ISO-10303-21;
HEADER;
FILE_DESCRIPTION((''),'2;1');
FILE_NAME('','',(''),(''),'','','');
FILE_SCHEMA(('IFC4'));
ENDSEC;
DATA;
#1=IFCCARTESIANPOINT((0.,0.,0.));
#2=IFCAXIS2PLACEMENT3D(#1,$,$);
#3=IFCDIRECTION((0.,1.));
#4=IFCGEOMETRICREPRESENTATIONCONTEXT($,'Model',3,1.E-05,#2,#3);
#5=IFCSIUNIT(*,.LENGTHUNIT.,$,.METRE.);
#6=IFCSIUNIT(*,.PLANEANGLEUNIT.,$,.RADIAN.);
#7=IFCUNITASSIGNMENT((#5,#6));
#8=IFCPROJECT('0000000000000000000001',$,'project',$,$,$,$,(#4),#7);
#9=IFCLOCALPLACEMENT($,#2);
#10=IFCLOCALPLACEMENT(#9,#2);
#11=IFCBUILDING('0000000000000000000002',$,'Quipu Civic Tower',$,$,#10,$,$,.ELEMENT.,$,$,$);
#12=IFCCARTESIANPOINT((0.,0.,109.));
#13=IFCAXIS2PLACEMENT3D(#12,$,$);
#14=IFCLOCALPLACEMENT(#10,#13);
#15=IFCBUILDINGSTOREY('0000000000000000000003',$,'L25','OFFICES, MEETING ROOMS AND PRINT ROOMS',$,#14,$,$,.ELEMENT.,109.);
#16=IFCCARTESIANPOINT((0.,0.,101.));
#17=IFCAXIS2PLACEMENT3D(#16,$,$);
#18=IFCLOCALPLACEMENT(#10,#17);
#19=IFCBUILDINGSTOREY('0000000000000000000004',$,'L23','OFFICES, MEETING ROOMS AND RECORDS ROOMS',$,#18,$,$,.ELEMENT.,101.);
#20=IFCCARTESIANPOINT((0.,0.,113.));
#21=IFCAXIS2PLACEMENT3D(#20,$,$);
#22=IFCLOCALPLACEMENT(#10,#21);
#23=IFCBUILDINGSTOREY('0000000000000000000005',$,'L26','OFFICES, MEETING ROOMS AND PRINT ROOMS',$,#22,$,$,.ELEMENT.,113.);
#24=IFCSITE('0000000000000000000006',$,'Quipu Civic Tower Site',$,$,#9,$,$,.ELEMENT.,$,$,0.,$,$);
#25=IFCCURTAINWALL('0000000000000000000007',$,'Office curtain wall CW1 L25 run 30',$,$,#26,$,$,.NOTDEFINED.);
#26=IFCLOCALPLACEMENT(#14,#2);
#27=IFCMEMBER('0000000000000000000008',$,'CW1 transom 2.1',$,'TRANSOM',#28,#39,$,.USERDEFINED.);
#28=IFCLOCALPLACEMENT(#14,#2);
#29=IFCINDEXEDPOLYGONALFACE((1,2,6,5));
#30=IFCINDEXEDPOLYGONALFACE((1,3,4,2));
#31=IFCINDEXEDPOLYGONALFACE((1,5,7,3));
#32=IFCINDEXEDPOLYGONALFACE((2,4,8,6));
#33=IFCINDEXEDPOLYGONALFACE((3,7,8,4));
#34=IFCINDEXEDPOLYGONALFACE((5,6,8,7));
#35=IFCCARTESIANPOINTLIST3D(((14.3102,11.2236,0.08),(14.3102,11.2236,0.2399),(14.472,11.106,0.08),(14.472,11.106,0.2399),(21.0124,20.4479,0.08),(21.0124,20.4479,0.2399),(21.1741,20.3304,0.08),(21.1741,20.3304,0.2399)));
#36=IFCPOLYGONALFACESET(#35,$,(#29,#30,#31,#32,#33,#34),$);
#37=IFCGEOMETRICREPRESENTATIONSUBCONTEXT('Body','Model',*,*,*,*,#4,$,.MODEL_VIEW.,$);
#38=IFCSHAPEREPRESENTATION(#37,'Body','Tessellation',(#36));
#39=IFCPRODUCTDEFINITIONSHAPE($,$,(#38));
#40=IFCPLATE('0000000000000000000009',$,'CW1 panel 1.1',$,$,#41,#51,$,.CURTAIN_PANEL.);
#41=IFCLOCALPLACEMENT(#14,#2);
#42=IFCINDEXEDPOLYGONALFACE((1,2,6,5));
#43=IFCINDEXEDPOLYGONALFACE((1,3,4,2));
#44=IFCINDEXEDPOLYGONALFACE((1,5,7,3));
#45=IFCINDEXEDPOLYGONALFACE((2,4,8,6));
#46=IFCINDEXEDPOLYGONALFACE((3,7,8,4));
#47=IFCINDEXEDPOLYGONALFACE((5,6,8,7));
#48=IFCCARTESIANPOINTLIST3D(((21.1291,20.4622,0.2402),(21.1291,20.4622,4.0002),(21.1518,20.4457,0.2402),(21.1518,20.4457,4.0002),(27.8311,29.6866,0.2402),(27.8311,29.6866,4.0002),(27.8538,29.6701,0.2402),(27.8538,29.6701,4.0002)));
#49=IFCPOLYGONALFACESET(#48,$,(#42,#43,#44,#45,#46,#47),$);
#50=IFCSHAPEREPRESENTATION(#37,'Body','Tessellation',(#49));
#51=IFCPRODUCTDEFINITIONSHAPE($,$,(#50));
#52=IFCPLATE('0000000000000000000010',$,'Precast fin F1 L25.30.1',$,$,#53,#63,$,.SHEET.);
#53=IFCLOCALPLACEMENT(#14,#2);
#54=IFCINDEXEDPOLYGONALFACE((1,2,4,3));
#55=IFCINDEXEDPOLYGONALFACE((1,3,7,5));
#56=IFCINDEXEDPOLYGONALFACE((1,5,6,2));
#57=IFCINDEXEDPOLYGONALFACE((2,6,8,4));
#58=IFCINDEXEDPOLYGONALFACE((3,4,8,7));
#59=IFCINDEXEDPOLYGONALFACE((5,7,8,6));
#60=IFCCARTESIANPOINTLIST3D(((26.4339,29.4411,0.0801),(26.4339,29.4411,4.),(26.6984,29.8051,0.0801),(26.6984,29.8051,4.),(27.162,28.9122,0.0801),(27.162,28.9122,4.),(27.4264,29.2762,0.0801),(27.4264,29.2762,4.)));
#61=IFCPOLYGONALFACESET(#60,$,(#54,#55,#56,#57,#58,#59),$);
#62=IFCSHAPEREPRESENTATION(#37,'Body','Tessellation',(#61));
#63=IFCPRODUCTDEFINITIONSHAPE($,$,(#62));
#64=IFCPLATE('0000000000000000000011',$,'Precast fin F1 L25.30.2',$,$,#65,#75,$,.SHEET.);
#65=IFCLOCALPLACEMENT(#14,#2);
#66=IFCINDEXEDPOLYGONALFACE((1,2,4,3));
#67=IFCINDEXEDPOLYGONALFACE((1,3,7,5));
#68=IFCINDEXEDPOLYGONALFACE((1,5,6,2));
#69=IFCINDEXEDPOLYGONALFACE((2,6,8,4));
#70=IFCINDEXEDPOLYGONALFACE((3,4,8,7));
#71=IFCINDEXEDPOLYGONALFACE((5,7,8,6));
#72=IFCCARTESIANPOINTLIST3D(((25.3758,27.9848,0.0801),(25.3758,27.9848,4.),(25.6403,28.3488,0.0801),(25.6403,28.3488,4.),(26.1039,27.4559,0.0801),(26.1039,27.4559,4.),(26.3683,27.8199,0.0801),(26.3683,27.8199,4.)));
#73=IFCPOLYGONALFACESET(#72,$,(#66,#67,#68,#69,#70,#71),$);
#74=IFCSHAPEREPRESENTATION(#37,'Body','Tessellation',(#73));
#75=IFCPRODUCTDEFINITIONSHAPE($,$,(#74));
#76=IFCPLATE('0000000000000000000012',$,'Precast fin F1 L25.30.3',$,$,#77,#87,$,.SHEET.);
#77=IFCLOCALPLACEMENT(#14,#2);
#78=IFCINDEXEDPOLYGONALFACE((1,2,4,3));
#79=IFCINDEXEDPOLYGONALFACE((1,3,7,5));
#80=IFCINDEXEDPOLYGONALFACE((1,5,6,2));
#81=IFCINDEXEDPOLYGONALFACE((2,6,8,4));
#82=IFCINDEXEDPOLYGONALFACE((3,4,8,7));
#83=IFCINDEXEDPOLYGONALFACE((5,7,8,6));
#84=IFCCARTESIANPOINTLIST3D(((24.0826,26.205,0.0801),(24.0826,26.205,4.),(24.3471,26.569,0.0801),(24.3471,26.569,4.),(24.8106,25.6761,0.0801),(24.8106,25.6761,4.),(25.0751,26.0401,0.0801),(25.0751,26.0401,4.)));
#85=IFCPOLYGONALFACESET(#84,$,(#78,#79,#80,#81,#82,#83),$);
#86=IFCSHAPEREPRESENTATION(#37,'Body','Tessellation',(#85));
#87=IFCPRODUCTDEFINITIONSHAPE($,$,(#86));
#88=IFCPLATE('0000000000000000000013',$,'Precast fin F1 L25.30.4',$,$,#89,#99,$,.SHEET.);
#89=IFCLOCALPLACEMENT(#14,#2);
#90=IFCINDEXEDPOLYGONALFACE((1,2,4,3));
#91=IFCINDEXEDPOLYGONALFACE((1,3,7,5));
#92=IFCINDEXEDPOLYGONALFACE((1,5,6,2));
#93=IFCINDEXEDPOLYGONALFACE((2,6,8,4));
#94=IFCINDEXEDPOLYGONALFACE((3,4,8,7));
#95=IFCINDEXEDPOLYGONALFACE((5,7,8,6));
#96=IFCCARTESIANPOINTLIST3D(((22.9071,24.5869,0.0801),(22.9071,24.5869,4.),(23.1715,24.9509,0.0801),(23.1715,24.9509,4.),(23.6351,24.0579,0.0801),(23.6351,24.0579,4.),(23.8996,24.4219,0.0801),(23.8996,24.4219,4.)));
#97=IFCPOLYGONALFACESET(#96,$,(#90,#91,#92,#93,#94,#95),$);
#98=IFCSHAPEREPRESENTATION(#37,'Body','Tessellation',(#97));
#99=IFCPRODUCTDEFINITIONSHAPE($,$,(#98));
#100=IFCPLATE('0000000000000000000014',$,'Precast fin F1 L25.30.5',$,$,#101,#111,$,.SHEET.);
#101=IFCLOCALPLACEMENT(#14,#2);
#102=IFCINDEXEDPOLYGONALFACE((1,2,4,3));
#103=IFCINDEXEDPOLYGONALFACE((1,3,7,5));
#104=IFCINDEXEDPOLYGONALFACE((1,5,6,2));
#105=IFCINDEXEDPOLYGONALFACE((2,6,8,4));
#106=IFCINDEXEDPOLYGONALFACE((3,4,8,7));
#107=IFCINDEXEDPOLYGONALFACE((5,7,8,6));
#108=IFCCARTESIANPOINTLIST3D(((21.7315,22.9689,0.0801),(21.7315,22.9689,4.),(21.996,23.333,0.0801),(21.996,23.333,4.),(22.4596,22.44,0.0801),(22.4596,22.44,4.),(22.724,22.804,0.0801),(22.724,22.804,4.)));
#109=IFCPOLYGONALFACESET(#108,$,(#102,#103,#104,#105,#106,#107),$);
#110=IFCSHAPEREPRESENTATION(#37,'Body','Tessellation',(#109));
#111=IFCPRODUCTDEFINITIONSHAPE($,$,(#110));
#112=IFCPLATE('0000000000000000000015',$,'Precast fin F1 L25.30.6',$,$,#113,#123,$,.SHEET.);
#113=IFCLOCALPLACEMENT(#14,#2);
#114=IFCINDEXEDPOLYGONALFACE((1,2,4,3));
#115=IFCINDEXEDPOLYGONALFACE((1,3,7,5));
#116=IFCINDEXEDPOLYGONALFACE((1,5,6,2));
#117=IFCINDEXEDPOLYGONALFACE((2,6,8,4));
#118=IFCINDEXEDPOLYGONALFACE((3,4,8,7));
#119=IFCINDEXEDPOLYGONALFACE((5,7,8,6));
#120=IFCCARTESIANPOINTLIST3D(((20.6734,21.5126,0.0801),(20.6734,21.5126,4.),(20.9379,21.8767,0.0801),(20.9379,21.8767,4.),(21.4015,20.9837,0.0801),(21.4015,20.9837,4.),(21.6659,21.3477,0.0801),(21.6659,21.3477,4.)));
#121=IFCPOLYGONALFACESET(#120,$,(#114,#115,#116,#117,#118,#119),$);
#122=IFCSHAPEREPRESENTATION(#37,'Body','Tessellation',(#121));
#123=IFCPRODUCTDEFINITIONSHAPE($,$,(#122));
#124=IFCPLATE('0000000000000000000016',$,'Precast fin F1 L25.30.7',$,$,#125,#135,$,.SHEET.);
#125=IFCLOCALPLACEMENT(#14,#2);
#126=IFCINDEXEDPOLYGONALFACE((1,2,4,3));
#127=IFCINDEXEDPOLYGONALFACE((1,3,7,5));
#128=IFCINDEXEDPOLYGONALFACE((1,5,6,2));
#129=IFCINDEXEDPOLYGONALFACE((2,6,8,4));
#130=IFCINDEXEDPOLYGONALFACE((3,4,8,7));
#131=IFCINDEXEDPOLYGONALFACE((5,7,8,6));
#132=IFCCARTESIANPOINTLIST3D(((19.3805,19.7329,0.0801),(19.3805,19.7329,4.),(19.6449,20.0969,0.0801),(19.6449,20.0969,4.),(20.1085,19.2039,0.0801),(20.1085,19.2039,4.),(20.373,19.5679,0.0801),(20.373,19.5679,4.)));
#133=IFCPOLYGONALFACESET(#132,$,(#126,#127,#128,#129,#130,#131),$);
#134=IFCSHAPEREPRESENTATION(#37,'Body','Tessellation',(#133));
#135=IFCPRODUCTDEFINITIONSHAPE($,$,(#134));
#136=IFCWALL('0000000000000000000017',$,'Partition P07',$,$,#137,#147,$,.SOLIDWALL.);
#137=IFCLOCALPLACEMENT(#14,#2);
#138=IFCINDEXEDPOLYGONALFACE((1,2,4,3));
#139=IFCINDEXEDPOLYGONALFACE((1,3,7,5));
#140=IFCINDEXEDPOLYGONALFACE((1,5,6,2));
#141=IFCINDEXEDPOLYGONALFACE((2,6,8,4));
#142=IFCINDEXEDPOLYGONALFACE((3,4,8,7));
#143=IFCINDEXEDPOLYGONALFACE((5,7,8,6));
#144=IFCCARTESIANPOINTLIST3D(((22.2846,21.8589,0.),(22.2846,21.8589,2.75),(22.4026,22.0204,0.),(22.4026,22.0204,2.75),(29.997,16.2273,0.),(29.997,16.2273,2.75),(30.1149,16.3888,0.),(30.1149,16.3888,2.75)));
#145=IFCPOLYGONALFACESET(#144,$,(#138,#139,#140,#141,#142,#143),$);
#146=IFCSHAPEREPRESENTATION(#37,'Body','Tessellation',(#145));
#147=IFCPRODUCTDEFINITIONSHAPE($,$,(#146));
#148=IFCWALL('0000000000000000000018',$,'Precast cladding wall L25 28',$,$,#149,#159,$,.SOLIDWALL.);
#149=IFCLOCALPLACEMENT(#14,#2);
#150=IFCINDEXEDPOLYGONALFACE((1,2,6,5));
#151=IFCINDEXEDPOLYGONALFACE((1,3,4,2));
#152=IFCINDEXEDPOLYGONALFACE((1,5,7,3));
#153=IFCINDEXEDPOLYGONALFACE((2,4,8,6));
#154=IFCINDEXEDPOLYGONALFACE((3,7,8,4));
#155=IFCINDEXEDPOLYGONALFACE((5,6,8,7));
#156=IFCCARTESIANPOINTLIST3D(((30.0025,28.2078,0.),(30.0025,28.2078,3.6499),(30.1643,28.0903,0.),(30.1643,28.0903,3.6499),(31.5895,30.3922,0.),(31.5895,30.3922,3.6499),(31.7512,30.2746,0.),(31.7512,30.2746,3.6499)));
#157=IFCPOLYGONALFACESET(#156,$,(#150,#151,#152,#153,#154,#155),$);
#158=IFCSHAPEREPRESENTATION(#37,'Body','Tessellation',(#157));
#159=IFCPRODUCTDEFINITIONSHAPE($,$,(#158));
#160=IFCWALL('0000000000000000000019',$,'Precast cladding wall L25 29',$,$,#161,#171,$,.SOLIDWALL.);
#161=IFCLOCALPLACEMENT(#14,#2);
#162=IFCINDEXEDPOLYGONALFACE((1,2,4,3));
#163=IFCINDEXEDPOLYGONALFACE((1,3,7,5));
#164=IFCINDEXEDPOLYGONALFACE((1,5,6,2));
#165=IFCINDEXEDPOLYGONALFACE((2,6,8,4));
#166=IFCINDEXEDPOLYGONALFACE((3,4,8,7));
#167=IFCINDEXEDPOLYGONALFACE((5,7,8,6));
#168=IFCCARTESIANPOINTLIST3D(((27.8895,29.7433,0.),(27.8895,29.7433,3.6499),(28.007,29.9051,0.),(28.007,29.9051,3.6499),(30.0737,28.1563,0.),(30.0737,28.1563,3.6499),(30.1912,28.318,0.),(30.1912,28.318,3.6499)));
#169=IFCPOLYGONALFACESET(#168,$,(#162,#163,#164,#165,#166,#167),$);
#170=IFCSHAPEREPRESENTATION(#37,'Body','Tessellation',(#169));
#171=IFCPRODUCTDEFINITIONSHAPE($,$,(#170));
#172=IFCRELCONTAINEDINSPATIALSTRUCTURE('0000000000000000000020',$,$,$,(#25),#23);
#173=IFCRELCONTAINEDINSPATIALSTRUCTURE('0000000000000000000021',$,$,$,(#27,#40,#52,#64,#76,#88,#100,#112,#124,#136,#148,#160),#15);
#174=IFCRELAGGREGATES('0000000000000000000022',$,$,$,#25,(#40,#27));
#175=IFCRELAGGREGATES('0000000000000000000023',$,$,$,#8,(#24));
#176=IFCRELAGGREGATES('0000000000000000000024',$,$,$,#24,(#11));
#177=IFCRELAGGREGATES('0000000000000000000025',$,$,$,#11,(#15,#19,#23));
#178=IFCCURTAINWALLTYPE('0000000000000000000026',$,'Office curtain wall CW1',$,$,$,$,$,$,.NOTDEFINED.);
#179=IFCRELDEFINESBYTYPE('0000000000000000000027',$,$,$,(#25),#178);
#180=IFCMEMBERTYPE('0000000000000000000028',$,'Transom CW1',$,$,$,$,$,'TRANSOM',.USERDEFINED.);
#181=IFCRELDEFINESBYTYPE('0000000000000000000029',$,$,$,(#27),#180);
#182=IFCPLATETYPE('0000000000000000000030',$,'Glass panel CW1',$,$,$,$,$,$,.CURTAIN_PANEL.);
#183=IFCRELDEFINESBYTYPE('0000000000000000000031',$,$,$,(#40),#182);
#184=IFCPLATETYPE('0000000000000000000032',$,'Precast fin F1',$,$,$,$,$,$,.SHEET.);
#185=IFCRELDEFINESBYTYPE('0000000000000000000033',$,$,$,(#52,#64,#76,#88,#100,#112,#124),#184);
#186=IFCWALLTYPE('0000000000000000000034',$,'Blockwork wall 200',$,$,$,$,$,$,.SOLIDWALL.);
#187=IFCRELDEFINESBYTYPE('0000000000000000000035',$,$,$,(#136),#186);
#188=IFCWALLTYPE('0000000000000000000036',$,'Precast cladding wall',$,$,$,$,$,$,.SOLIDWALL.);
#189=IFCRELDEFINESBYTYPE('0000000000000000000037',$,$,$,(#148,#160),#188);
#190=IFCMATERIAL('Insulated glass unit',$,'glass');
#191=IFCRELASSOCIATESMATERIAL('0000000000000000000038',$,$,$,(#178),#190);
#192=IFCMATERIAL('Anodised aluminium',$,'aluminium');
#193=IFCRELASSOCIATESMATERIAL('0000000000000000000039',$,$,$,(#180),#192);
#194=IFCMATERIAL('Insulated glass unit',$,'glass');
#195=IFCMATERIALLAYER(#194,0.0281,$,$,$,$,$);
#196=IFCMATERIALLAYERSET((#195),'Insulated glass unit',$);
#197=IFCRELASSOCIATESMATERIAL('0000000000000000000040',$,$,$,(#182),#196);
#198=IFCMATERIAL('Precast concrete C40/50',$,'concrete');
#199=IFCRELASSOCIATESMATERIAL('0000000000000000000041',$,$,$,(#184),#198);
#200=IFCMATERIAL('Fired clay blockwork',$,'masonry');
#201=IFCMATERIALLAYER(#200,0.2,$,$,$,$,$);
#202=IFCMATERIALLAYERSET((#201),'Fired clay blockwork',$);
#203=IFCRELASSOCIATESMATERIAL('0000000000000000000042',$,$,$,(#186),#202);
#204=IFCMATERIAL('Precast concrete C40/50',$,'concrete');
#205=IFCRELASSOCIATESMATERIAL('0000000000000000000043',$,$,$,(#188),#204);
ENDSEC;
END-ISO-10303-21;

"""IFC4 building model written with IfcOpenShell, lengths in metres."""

from ifc_helpers import new_model, si_unit, direction, frame, frame_2d, origin, origin_2d, place, context, subcontext, project, spatial, rectangle, extrude, material, layer, layer_set, material_profile, profile_set, type_object, element, aggregate, save


model = new_model("IFC4")

# Units and contexts
model_context = context("Model", 3, precision=1e-05, world=origin(), true_north=direction((0.0, 1.0)))
body_context = subcontext(model_context, "Body", "Model", "MODEL_VIEW")
ifc_project = project(units=[si_unit("LENGTHUNIT", "METRE"), si_unit("PLANEANGLEUNIT", "RADIAN")], contexts=[model_context])

# Site, building, storey
site_placement = place(None, origin())
site = spatial("IfcSite", under=ifc_project, at=site_placement, Name="Quipu Civic Tower Site", CompositionType="ELEMENT", RefElevation=0.0)
building_placement = place(site_placement, origin())
building = spatial("IfcBuilding", under=site, at=building_placement, Name="Quipu Civic Tower", CompositionType="ELEMENT")
storey_1_placement = place(building_placement, frame((0.0, 0.0, 109.0)))
storey_1 = spatial("IfcBuildingStorey", under=building, at=storey_1_placement, Name="L25", Description="OFFICES, MEETING ROOMS AND PRINT ROOMS", CompositionType="ELEMENT", Elevation=109.0)

# Shared definitions
storey_2_placement = place(building_placement, frame((0.0, 0.0, 101.0)))
storey_2 = spatial("IfcBuildingStorey", under=building, at=storey_2_placement, Name="L23", Description="OFFICES, MEETING ROOMS AND RECORDS ROOMS", CompositionType="ELEMENT", Elevation=101.0)

# Shared definitions
ifc_material_1 = material(Name="Insulated glass unit", Category="glass")
curtain_wall_type = type_object("IfcCurtainWallType", Name="Office curtain wall CW1", PredefinedType="NOTDEFINED", material=ifc_material_1)
ifc_material_2 = material(Name="Anodised aluminium", Category="aluminium")
ifc_material_profile_1 = material_profile(ifc_material_2, rectangle(XDim=0.2, YDim=0.1599, at=origin_2d()), Name="RECT 200x160")
ifc_profile_set_1 = profile_set([ifc_material_profile_1], Name="Anodised aluminium")
member_type = type_object("IfcMemberType", Name="Transom CW1", ElementType="TRANSOM", PredefinedType="USERDEFINED", material=ifc_profile_set_1)

# Shared definitions
storey_3_placement = place(building_placement, frame((0.0, 0.0, 113.0)))
storey_3 = spatial("IfcBuildingStorey", under=building, at=storey_3_placement, Name="L26", Description="OFFICES, MEETING ROOMS AND PRINT ROOMS", CompositionType="ELEMENT", Elevation=113.0)

# Curtain wall, member, plate
curtain_wall_1_placement = place(storey_3_placement, origin())
curtain_wall_1 = element("IfcCurtainWall", 1, at=curtain_wall_1_placement, inside=storey_3, type_object=curtain_wall_type, Name="Office curtain wall CW1 L25 run 30", PredefinedType="NOTDEFINED")
member_1_placement = place(storey_1_placement, frame((21.0933, 20.3892, 0.1599), z_axis=(-0.5878, -0.809006, 0.0), x_axis=(0.809006, -0.5878, 0.0)))
member_1 = element("IfcMember", 2, at=member_1_placement, inside=storey_1, type_object=member_type, Name="CW1 transom 2.1", ObjectType="TRANSOM", PredefinedType="USERDEFINED", context=body_context, shape_type="SweptSolid", body=[
    extrude(rectangle(XDim=0.2, YDim=0.1599, at=origin_2d()), origin(), (0.0, 0.0, 1.0), 11.4021),
])
ifc_material_3 = material(Name="Insulated glass unit", Category="glass")
ifc_layer_1 = layer(ifc_material_3, 0.0281)
ifc_layer_set_1 = layer_set([ifc_layer_1], Name="Insulated glass unit")
plate_type_1 = type_object("IfcPlateType", Name="Glass panel CW1", PredefinedType="CURTAIN_PANEL", material=ifc_layer_set_1)
plate_placement = place(storey_1_placement, frame((24.4915, 25.0662, 0.2402), z_axis=(0.0, 0.0, 1.0), x_axis=(-0.587789, -0.809014, 0.0)))
plate = element("IfcPlate", 3, at=plate_placement, inside=storey_1, type_object=plate_type_1, Name="CW1 panel 1.1", PredefinedType="CURTAIN_PANEL", context=body_context, shape_type="SweptSolid", body=[
    extrude(rectangle(XDim=11.4021, YDim=0.0281, at=origin_2d()), origin(), (0.0, 0.0, 1.0), 3.76),
])
aggregate(curtain_wall_1, [plate, member_1])

# Plates
ifc_material_4 = material(Name="Precast concrete C40/50", Category="concrete")
plate_type_2 = type_object("IfcPlateType", Name="Precast fin F1", PredefinedType="SHEET", material=ifc_material_4)
for number, where, z_axis, x_axis, name in (
    (4, (26.9302, 29.3586, 0.0801), (0.0, 0.0, 1.0), (-0.587787, -0.809016, 0.0), "Precast fin F1 L25.30.1"),
    (5, (25.8721, 27.9023, 0.0801), (0.0, 0.0, 1.0), (-0.587787, -0.809016, 0.0), "Precast fin F1 L25.30.2"),
    (6, (24.5789, 26.1226, 0.0801), (0.0, 0.0, 1.0), (-0.587787, -0.809016, 0.0), "Precast fin F1 L25.30.3"),
    (7, (23.4033, 24.5044, 0.0801), (0.0, 0.0, 1.0), (-0.587787, -0.809016, 0.0), "Precast fin F1 L25.30.4"),
    (8, (22.2278, 22.8865, 0.0801), (0.0, 0.0, 1.0), (-0.587787, -0.809016, 0.0), "Precast fin F1 L25.30.5"),
    (9, (21.1697, 21.4302, 0.0801), (0.0, 0.0, 1.0), (-0.587787, -0.809016, 0.0), "Precast fin F1 L25.30.6"),
    (10, (19.8767, 19.6504, 0.0801), (0.0, 0.0, 1.0), (-0.587787, -0.809016, 0.0), "Precast fin F1 L25.30.7"),
):
    element("IfcPlate", number, at=place(storey_1_placement, frame(where, z_axis=z_axis, x_axis=x_axis)), inside=storey_1, type_object=plate_type_2, Name=name, PredefinedType="SHEET", context=body_context, shape_type="SweptSolid", body=[
        extrude(rectangle(XDim=0.45, YDim=0.8999, at=origin_2d()), origin(), (0.0, 0.0, 1.0), 3.9199),
    ])

# Walls
ifc_material_5 = material(Name="Fired clay blockwork", Category="masonry")
ifc_layer_2 = layer(ifc_material_5, 0.2)
ifc_layer_set_2 = layer_set([ifc_layer_2], Name="Fired clay blockwork")
wall_type_1 = type_object("IfcWallType", Name="Blockwork wall 200", PredefinedType="SOLIDWALL", material=ifc_layer_set_2)
wall_placement = place(storey_1_placement, frame((22.3435, 21.9397, 0.0), z_axis=(0.0, 0.0, 1.0), x_axis=(0.80761, -0.589717, 0.0)))
element("IfcWall", 11, at=wall_placement, inside=storey_1, type_object=wall_type_1, Name="Partition P07", PredefinedType="SOLIDWALL", context=body_context, shape_type="SweptSolid", body=[
    extrude(rectangle(XDim=9.5496, YDim=0.2, at=frame_2d((4.7749, 0.0))), origin(), (0.0, 0.0, 1.0), 2.75),
])
ifc_material_6 = material(Name="Precast concrete C40/50", Category="concrete")
wall_type_2 = type_object("IfcWallType", Name="Precast cladding wall", PredefinedType="SOLIDWALL", material=ifc_material_6)
for number, where, z_axis, x_axis, name in (
    (12, (31.6704, 30.3335, 0.0), (0.0, 0.0, 1.0), (-0.587763, -0.809033, 0.0), "Precast cladding wall L25 28"),
    (13, (30.1326, 28.2371, 0.0), (0.0, 0.0, 1.0), (-0.80899, 0.587822, 0.0), "Precast cladding wall L25 29"),
):
    element("IfcWall", number, at=place(storey_1_placement, frame(where, z_axis=z_axis, x_axis=x_axis)), inside=storey_1, type_object=wall_type_2, Name=name, PredefinedType="SOLIDWALL", context=body_context, shape_type="SweptSolid", body=[
        extrude(rectangle(XDim=2.7, YDim=0.2, at=frame_2d((1.3501, 0.0))), origin(), (0.0, 0.0, 1.0), 3.6499),
    ])

save(model, "model.ifc")
